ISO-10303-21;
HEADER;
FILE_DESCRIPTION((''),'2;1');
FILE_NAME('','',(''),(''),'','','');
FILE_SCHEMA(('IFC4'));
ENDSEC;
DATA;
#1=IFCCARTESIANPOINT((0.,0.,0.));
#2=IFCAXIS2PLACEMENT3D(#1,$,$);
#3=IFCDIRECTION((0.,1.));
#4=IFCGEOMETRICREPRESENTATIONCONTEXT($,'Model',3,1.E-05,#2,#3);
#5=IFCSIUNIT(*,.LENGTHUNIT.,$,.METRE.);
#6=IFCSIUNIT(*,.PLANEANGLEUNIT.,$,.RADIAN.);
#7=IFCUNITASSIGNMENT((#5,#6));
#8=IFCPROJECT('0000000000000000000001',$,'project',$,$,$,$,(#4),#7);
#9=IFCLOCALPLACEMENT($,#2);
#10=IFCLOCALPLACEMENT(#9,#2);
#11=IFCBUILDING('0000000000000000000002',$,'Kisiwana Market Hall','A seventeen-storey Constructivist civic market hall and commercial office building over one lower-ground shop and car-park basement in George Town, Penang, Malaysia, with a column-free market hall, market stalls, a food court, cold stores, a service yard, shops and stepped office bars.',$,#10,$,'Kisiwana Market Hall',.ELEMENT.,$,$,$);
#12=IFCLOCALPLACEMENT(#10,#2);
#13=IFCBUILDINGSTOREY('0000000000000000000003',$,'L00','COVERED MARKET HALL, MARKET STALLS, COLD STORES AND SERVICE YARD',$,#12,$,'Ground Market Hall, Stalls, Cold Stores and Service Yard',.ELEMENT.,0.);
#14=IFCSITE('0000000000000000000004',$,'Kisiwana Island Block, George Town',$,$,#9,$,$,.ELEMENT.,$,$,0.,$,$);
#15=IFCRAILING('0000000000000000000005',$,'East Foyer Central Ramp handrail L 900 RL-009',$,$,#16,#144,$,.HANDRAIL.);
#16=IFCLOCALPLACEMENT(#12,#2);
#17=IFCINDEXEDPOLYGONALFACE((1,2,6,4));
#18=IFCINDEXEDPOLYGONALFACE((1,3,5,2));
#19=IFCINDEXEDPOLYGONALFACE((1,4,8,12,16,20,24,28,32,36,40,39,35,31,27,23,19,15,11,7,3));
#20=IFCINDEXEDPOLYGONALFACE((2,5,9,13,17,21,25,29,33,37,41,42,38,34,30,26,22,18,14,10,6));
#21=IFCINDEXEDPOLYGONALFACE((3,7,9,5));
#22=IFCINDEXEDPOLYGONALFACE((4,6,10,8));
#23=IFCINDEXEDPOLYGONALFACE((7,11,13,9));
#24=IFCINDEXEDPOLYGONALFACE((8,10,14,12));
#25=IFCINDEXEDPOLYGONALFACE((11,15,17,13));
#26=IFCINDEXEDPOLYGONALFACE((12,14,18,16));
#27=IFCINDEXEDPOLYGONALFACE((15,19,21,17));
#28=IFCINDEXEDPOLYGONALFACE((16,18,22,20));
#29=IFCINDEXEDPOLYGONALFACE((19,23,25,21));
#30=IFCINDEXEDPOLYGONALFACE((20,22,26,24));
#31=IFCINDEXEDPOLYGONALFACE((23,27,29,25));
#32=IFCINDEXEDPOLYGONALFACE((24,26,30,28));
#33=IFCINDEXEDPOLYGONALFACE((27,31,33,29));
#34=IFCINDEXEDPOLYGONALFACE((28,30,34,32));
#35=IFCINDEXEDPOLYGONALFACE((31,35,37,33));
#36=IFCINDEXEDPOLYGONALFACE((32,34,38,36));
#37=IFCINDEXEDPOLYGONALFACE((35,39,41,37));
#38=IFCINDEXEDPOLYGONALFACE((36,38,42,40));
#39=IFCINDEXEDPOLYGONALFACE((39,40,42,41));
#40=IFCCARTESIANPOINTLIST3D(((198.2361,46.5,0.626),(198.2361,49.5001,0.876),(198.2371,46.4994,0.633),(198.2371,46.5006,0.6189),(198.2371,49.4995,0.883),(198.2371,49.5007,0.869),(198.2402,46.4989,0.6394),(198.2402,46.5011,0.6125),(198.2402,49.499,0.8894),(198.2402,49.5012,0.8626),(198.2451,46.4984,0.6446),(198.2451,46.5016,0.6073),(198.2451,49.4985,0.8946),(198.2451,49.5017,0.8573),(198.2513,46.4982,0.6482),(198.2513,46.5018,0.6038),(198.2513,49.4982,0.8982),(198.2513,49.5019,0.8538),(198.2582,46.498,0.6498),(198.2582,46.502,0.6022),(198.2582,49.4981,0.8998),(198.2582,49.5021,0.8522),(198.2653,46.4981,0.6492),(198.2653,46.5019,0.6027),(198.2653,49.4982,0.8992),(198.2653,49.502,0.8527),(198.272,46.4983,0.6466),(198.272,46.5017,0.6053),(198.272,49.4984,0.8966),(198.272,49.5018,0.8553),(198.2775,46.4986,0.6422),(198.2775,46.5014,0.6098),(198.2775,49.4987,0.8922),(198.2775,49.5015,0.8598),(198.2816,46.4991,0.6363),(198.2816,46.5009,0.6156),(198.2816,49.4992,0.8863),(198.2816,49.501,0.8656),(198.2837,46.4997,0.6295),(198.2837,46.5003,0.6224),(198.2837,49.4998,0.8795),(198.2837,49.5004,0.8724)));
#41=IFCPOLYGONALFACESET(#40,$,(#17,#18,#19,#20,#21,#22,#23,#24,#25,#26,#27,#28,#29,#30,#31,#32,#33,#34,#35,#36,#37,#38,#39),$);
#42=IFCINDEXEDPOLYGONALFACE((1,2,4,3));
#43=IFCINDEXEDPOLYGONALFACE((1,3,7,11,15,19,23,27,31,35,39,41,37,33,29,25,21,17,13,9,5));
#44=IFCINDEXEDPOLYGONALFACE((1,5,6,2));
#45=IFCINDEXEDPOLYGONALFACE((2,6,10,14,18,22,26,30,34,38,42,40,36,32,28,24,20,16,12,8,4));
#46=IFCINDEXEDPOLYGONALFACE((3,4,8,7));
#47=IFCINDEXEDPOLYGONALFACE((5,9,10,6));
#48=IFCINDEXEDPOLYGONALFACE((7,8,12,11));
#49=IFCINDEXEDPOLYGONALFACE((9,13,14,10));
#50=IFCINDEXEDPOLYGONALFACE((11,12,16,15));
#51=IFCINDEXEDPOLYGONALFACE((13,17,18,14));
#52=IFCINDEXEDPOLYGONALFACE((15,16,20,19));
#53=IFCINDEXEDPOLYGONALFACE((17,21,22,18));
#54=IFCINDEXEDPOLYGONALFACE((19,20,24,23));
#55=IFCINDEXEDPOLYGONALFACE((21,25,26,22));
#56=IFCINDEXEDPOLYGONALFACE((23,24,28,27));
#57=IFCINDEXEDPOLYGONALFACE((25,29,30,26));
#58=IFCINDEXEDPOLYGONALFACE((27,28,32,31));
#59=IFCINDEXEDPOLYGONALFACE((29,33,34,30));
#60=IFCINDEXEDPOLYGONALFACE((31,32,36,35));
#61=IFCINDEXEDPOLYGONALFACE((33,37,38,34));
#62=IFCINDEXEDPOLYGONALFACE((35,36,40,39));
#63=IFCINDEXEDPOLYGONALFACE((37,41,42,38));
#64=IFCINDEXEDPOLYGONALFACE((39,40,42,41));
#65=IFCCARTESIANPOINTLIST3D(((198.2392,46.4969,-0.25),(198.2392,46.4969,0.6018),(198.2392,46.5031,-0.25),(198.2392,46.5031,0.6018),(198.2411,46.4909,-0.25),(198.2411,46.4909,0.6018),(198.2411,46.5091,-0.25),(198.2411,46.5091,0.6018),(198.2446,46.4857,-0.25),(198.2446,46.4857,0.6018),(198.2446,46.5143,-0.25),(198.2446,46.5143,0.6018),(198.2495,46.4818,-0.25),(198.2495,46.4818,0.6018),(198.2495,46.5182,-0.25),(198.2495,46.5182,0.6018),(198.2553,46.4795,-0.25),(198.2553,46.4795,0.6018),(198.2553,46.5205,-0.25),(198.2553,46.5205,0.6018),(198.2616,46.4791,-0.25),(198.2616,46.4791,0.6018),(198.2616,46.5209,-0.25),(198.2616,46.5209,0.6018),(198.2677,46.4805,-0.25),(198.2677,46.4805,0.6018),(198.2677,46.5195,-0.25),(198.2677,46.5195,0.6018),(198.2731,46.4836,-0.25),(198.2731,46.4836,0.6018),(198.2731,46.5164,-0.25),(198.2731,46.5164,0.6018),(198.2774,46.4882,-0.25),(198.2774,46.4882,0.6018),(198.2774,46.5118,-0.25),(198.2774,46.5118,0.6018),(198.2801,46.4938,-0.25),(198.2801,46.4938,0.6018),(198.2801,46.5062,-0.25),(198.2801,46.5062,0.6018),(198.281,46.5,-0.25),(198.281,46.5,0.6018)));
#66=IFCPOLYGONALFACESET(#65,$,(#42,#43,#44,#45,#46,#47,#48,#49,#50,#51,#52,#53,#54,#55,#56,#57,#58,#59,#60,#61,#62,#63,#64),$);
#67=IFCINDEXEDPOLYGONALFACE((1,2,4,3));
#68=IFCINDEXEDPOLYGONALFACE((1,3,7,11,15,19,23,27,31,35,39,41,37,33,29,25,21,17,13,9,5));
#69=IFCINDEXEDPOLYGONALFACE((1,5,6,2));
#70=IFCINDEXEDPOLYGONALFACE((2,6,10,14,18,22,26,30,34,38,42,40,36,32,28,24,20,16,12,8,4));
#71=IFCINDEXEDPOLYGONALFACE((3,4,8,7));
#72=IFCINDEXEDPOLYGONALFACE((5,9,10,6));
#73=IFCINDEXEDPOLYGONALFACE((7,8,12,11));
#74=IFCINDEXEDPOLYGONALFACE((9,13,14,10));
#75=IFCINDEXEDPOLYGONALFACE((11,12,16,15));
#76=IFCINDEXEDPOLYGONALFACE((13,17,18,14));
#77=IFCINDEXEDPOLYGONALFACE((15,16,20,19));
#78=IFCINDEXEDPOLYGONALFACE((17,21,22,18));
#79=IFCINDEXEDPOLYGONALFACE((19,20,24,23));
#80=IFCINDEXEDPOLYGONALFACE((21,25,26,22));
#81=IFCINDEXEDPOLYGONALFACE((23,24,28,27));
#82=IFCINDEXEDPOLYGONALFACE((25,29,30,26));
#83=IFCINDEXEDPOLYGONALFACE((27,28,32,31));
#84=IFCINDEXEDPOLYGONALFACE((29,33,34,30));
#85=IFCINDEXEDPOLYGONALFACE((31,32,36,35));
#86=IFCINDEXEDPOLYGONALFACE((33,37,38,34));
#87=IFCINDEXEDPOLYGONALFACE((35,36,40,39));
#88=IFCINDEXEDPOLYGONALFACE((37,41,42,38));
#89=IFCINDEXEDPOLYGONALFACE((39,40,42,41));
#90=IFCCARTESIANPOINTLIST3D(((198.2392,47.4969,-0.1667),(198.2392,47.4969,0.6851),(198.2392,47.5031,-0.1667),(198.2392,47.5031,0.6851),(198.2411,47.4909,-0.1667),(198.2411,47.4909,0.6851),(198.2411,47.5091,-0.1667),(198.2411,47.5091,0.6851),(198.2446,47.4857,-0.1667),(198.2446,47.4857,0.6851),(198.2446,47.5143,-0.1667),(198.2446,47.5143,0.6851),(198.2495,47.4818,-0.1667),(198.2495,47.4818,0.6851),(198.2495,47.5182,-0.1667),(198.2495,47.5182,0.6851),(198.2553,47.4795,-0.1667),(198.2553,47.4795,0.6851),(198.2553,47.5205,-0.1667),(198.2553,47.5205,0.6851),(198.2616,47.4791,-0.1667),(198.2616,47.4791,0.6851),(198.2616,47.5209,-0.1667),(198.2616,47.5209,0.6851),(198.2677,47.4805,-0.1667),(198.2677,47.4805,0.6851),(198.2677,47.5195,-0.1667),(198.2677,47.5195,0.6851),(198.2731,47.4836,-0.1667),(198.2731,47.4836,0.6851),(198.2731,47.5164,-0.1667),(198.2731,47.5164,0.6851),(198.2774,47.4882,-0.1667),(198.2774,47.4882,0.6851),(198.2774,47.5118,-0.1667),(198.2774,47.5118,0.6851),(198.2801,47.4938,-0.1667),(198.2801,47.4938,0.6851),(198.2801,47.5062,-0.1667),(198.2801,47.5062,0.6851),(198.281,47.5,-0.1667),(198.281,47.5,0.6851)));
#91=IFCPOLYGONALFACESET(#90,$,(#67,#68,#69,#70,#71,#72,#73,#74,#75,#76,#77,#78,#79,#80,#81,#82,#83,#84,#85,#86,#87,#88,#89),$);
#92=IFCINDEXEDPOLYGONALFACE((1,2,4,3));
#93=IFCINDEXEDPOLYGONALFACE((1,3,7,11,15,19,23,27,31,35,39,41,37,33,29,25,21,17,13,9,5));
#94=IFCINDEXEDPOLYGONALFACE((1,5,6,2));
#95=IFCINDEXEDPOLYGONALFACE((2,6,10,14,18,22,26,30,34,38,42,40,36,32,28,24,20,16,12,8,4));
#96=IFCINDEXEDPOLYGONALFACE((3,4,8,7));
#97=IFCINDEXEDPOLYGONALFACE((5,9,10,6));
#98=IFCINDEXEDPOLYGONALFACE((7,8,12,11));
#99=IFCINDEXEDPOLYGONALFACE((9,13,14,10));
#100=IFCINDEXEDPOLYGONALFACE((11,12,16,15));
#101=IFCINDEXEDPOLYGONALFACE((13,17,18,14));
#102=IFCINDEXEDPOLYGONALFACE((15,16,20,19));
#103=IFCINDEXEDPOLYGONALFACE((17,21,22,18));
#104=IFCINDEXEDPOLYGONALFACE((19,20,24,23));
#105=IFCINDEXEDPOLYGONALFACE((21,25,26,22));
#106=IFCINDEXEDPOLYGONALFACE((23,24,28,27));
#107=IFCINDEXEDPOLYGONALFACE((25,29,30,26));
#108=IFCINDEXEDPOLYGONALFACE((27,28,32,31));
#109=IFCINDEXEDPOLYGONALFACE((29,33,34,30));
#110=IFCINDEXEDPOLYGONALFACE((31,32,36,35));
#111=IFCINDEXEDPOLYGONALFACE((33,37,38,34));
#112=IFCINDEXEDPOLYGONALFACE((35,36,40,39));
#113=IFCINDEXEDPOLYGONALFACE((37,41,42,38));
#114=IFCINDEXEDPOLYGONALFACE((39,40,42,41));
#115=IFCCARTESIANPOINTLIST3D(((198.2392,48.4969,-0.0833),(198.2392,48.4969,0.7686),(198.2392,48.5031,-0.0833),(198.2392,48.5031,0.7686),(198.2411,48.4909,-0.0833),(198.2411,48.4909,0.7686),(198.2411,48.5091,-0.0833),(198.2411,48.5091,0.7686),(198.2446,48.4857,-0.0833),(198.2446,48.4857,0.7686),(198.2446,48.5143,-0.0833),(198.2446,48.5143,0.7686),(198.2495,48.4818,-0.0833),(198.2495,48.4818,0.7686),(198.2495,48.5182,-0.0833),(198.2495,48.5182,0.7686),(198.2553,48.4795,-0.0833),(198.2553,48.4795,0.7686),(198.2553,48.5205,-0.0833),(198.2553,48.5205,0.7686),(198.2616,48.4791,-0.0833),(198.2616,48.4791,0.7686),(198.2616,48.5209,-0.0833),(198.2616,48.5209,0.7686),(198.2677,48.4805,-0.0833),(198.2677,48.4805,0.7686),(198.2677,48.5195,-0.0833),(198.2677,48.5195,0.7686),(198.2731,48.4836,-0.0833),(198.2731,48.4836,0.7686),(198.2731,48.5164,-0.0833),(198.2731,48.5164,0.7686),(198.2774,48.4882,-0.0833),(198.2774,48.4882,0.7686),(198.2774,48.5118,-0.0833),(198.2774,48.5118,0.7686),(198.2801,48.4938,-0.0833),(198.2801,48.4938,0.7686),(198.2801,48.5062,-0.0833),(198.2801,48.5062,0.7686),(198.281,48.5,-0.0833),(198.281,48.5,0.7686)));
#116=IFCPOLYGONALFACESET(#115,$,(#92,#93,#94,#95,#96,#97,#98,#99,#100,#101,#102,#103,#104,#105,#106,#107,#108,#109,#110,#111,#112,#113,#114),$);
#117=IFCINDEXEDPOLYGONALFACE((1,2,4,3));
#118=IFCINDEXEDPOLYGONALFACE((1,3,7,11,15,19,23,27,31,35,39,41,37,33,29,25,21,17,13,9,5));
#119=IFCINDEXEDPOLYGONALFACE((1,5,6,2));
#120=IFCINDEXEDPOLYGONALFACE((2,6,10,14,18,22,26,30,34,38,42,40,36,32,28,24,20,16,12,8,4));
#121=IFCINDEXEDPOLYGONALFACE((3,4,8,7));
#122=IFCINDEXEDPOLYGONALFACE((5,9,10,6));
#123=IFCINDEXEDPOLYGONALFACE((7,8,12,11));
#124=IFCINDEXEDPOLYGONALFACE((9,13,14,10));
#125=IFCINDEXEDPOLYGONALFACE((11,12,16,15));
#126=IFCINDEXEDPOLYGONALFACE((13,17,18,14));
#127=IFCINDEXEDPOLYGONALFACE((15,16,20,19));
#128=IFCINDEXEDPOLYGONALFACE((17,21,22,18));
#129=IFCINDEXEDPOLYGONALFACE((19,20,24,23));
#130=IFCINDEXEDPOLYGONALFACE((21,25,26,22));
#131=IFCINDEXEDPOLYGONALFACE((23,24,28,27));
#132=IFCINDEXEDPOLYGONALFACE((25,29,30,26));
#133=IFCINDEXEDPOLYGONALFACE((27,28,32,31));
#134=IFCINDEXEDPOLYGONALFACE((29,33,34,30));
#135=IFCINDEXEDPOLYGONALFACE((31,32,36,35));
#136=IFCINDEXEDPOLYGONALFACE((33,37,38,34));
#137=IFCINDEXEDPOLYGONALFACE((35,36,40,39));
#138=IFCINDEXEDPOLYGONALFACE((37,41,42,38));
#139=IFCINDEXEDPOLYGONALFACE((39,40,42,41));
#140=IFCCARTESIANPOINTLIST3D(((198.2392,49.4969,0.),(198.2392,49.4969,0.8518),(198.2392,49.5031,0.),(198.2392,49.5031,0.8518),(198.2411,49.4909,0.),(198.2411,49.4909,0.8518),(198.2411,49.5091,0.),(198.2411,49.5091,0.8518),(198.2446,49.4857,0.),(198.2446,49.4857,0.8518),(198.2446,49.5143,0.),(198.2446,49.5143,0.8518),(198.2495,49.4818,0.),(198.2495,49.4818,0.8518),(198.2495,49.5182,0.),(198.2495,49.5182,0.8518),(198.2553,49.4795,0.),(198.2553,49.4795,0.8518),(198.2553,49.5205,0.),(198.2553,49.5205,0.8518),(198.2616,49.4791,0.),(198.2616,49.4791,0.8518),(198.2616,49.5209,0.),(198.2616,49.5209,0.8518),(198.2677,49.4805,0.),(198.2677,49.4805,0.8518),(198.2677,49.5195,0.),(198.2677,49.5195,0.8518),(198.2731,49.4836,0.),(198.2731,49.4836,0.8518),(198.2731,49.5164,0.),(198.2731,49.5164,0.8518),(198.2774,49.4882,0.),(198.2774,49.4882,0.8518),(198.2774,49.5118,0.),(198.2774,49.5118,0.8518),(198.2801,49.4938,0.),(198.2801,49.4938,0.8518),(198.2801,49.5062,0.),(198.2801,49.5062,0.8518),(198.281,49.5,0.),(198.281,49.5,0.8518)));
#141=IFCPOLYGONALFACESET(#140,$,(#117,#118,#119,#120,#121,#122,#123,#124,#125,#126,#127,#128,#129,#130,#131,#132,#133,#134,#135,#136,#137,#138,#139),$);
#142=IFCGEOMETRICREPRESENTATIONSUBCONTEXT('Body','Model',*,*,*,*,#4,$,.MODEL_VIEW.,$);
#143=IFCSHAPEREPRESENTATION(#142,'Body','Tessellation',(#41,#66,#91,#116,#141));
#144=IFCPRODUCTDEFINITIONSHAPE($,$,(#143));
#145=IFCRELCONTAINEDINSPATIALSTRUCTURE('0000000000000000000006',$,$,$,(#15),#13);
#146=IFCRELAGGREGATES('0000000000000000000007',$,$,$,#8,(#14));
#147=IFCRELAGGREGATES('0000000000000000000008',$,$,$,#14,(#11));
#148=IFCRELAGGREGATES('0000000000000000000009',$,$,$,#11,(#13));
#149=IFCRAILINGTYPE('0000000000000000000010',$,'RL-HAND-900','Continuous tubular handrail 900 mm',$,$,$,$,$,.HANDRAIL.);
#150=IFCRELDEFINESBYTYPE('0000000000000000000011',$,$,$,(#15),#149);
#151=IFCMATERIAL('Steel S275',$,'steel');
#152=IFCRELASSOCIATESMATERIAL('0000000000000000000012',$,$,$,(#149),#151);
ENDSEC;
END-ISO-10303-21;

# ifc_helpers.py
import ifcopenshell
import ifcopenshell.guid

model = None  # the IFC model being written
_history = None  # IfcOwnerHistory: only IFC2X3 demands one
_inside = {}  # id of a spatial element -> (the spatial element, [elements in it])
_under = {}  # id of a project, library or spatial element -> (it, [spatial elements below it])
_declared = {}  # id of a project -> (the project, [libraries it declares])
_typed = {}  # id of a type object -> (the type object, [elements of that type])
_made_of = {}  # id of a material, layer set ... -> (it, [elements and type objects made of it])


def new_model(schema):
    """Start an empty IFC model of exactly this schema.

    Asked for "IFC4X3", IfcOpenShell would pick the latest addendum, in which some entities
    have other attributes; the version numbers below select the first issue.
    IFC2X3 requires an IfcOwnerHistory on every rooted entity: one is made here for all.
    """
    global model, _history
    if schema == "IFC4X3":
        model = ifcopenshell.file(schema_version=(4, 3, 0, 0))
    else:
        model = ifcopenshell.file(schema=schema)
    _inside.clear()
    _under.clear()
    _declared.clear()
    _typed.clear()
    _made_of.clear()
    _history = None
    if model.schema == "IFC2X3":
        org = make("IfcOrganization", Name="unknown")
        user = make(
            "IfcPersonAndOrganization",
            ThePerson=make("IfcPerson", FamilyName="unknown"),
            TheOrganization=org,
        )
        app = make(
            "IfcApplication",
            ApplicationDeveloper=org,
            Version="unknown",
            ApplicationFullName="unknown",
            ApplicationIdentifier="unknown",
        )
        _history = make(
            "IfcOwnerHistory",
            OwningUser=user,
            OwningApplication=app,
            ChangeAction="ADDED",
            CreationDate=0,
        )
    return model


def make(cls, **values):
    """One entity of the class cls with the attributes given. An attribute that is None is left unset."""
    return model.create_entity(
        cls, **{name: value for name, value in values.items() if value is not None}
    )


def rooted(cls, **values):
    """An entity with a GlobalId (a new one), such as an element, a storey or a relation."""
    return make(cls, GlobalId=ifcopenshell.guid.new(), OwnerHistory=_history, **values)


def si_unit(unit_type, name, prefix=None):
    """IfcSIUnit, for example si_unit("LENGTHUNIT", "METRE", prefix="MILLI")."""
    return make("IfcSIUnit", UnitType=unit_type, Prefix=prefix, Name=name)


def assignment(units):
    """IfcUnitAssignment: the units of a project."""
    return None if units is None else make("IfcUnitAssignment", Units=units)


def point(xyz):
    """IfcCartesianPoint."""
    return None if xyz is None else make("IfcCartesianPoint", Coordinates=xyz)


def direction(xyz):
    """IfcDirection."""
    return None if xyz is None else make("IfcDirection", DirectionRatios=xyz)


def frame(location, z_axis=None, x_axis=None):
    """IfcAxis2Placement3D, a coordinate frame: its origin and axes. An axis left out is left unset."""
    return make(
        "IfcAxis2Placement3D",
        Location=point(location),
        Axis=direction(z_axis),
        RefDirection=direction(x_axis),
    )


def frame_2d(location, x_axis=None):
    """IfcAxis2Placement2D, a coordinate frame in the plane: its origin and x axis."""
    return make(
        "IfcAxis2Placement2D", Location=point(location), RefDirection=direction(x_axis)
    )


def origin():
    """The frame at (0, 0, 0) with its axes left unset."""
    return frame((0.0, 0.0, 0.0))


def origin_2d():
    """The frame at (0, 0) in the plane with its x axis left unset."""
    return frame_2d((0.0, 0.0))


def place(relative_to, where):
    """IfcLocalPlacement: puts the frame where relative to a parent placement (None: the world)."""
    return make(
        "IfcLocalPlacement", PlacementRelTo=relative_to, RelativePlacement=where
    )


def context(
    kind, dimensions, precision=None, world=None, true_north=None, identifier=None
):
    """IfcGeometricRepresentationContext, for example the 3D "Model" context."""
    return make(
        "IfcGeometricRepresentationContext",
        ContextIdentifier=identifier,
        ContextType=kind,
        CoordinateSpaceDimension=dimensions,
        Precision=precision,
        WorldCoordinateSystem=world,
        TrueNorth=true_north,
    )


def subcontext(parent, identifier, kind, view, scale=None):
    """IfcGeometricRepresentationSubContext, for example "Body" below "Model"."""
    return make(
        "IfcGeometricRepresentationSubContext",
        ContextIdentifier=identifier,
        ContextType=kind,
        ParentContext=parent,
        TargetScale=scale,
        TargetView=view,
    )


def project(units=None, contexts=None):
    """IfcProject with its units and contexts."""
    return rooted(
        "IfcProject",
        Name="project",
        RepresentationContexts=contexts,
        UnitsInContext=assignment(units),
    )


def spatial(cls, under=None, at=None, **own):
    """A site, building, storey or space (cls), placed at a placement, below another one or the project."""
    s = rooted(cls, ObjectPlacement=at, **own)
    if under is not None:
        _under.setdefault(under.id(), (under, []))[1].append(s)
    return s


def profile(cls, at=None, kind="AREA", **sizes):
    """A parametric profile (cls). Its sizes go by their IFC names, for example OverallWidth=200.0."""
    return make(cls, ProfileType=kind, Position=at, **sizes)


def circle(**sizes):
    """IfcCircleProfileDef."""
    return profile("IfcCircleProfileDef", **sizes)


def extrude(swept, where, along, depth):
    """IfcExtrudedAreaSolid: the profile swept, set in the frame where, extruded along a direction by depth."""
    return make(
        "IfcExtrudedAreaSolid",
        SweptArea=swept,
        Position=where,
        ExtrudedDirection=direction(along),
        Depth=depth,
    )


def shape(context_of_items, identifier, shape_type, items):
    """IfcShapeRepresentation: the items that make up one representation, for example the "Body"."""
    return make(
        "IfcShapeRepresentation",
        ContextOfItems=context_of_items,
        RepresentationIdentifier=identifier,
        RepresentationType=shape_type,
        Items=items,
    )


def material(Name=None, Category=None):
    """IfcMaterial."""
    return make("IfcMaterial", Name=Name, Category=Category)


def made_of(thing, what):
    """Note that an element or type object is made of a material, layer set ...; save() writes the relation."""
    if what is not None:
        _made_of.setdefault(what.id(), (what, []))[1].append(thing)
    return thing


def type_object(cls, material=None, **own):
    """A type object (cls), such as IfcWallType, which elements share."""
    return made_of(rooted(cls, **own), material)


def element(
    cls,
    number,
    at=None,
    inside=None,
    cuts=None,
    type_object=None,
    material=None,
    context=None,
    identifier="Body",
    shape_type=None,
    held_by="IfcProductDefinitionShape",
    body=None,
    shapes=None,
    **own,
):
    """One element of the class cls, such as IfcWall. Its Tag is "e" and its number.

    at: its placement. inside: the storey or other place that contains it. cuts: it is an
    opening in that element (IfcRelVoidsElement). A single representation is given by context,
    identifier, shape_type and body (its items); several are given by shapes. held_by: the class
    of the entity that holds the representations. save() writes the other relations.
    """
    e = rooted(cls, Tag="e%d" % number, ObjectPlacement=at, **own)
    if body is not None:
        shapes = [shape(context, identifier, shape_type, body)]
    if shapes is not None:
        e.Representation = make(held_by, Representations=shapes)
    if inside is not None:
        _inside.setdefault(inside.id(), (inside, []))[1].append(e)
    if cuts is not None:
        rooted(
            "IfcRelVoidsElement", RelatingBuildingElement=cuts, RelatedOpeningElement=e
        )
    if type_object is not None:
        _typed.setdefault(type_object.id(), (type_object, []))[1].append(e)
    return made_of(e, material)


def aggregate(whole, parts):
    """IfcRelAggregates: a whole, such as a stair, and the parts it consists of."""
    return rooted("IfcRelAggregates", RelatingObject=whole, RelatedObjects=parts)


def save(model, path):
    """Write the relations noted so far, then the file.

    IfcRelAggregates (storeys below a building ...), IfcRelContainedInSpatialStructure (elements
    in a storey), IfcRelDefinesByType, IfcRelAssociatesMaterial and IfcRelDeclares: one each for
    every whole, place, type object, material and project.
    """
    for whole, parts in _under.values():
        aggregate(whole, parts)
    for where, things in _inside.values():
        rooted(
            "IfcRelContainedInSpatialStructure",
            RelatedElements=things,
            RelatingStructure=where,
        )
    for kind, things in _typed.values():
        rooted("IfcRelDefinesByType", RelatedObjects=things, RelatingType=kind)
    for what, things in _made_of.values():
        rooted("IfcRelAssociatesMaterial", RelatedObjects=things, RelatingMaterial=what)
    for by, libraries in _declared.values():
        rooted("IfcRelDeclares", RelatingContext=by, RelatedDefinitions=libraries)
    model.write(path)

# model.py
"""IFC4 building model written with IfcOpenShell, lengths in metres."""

from ifc_helpers import new_model, si_unit, direction, frame, origin, origin_2d, place, context, subcontext, project, spatial, circle, extrude, material, type_object, element, save


model = new_model("IFC4")

# Units and contexts
model_context = context("Model", 3, precision=1e-05, world=origin(), true_north=direction((0.0, 1.0)))
body_context = subcontext(model_context, "Body", "Model", "MODEL_VIEW")
ifc_project = project(units=[si_unit("LENGTHUNIT", "METRE"), si_unit("PLANEANGLEUNIT", "RADIAN")], contexts=[model_context])

# Site, building, storey
site_placement = place(None, origin())
site = spatial("IfcSite", under=ifc_project, at=site_placement, Name="Kisiwana Island Block, George Town", CompositionType="ELEMENT", RefElevation=0.0)
building_placement = place(site_placement, origin())
building = spatial("IfcBuilding", under=site, at=building_placement, Name="Kisiwana Market Hall", Description="A seventeen-storey Constructivist civic market hall and commercial office building over one lower-ground shop and car-park basement in George Town, Penang, Malaysia, with a column-free market hall, market stalls, a food court, cold stores, a service yard, shops and stepped office bars.", LongName="Kisiwana Market Hall", CompositionType="ELEMENT")
storey_placement = place(building_placement, origin())
storey = spatial("IfcBuildingStorey", under=building, at=storey_placement, Name="L00", Description="COVERED MARKET HALL, MARKET STALLS, COLD STORES AND SERVICE YARD", LongName="Ground Market Hall, Stalls, Cold Stores and Service Yard", CompositionType="ELEMENT", Elevation=0.0)

# Railing
ifc_material_1 = material(Name="Steel S275", Category="steel")
railing_type = type_object("IfcRailingType", Name="RL-HAND-900", Description="Continuous tubular handrail 900 mm", PredefinedType="HANDRAIL", material=ifc_material_1)
for number, where, name in (
    (1, (198.26, 46.5, -0.25), "East Foyer Central Ramp handrail L 900 RL-009"),
):
    element("IfcRailing", number, at=place(storey_placement, frame(where)), inside=storey, type_object=railing_type, Name=name, PredefinedType="HANDRAIL", context=body_context, shape_type="SweptSolid", body=[
        extrude(circle(Radius=0.0239, at=origin_2d()), frame((0.0, 0.0, 0.876), z_axis=(0.0, 0.996546, 0.083045), x_axis=(-1.0, 0.0, 0.0)), (0.0, 0.0, 1.0), 3.0105),
        extrude(circle(Radius=0.021, at=origin_2d()), origin(), (0.0, 0.0, 1.0), 0.8518),
        extrude(circle(Radius=0.021, at=origin_2d()), frame((0.0, 1.0, 0.0833)), (0.0, 0.0, 1.0), 0.8518),
        extrude(circle(Radius=0.021, at=origin_2d()), frame((0.0, 2.0, 0.1667)), (0.0, 0.0, 1.0), 0.8518),
        extrude(circle(Radius=0.021, at=origin_2d()), frame((0.0, 3.0, 0.25)), (0.0, 0.0, 1.0), 0.8518),
    ])

save(model, "model.ifc")
